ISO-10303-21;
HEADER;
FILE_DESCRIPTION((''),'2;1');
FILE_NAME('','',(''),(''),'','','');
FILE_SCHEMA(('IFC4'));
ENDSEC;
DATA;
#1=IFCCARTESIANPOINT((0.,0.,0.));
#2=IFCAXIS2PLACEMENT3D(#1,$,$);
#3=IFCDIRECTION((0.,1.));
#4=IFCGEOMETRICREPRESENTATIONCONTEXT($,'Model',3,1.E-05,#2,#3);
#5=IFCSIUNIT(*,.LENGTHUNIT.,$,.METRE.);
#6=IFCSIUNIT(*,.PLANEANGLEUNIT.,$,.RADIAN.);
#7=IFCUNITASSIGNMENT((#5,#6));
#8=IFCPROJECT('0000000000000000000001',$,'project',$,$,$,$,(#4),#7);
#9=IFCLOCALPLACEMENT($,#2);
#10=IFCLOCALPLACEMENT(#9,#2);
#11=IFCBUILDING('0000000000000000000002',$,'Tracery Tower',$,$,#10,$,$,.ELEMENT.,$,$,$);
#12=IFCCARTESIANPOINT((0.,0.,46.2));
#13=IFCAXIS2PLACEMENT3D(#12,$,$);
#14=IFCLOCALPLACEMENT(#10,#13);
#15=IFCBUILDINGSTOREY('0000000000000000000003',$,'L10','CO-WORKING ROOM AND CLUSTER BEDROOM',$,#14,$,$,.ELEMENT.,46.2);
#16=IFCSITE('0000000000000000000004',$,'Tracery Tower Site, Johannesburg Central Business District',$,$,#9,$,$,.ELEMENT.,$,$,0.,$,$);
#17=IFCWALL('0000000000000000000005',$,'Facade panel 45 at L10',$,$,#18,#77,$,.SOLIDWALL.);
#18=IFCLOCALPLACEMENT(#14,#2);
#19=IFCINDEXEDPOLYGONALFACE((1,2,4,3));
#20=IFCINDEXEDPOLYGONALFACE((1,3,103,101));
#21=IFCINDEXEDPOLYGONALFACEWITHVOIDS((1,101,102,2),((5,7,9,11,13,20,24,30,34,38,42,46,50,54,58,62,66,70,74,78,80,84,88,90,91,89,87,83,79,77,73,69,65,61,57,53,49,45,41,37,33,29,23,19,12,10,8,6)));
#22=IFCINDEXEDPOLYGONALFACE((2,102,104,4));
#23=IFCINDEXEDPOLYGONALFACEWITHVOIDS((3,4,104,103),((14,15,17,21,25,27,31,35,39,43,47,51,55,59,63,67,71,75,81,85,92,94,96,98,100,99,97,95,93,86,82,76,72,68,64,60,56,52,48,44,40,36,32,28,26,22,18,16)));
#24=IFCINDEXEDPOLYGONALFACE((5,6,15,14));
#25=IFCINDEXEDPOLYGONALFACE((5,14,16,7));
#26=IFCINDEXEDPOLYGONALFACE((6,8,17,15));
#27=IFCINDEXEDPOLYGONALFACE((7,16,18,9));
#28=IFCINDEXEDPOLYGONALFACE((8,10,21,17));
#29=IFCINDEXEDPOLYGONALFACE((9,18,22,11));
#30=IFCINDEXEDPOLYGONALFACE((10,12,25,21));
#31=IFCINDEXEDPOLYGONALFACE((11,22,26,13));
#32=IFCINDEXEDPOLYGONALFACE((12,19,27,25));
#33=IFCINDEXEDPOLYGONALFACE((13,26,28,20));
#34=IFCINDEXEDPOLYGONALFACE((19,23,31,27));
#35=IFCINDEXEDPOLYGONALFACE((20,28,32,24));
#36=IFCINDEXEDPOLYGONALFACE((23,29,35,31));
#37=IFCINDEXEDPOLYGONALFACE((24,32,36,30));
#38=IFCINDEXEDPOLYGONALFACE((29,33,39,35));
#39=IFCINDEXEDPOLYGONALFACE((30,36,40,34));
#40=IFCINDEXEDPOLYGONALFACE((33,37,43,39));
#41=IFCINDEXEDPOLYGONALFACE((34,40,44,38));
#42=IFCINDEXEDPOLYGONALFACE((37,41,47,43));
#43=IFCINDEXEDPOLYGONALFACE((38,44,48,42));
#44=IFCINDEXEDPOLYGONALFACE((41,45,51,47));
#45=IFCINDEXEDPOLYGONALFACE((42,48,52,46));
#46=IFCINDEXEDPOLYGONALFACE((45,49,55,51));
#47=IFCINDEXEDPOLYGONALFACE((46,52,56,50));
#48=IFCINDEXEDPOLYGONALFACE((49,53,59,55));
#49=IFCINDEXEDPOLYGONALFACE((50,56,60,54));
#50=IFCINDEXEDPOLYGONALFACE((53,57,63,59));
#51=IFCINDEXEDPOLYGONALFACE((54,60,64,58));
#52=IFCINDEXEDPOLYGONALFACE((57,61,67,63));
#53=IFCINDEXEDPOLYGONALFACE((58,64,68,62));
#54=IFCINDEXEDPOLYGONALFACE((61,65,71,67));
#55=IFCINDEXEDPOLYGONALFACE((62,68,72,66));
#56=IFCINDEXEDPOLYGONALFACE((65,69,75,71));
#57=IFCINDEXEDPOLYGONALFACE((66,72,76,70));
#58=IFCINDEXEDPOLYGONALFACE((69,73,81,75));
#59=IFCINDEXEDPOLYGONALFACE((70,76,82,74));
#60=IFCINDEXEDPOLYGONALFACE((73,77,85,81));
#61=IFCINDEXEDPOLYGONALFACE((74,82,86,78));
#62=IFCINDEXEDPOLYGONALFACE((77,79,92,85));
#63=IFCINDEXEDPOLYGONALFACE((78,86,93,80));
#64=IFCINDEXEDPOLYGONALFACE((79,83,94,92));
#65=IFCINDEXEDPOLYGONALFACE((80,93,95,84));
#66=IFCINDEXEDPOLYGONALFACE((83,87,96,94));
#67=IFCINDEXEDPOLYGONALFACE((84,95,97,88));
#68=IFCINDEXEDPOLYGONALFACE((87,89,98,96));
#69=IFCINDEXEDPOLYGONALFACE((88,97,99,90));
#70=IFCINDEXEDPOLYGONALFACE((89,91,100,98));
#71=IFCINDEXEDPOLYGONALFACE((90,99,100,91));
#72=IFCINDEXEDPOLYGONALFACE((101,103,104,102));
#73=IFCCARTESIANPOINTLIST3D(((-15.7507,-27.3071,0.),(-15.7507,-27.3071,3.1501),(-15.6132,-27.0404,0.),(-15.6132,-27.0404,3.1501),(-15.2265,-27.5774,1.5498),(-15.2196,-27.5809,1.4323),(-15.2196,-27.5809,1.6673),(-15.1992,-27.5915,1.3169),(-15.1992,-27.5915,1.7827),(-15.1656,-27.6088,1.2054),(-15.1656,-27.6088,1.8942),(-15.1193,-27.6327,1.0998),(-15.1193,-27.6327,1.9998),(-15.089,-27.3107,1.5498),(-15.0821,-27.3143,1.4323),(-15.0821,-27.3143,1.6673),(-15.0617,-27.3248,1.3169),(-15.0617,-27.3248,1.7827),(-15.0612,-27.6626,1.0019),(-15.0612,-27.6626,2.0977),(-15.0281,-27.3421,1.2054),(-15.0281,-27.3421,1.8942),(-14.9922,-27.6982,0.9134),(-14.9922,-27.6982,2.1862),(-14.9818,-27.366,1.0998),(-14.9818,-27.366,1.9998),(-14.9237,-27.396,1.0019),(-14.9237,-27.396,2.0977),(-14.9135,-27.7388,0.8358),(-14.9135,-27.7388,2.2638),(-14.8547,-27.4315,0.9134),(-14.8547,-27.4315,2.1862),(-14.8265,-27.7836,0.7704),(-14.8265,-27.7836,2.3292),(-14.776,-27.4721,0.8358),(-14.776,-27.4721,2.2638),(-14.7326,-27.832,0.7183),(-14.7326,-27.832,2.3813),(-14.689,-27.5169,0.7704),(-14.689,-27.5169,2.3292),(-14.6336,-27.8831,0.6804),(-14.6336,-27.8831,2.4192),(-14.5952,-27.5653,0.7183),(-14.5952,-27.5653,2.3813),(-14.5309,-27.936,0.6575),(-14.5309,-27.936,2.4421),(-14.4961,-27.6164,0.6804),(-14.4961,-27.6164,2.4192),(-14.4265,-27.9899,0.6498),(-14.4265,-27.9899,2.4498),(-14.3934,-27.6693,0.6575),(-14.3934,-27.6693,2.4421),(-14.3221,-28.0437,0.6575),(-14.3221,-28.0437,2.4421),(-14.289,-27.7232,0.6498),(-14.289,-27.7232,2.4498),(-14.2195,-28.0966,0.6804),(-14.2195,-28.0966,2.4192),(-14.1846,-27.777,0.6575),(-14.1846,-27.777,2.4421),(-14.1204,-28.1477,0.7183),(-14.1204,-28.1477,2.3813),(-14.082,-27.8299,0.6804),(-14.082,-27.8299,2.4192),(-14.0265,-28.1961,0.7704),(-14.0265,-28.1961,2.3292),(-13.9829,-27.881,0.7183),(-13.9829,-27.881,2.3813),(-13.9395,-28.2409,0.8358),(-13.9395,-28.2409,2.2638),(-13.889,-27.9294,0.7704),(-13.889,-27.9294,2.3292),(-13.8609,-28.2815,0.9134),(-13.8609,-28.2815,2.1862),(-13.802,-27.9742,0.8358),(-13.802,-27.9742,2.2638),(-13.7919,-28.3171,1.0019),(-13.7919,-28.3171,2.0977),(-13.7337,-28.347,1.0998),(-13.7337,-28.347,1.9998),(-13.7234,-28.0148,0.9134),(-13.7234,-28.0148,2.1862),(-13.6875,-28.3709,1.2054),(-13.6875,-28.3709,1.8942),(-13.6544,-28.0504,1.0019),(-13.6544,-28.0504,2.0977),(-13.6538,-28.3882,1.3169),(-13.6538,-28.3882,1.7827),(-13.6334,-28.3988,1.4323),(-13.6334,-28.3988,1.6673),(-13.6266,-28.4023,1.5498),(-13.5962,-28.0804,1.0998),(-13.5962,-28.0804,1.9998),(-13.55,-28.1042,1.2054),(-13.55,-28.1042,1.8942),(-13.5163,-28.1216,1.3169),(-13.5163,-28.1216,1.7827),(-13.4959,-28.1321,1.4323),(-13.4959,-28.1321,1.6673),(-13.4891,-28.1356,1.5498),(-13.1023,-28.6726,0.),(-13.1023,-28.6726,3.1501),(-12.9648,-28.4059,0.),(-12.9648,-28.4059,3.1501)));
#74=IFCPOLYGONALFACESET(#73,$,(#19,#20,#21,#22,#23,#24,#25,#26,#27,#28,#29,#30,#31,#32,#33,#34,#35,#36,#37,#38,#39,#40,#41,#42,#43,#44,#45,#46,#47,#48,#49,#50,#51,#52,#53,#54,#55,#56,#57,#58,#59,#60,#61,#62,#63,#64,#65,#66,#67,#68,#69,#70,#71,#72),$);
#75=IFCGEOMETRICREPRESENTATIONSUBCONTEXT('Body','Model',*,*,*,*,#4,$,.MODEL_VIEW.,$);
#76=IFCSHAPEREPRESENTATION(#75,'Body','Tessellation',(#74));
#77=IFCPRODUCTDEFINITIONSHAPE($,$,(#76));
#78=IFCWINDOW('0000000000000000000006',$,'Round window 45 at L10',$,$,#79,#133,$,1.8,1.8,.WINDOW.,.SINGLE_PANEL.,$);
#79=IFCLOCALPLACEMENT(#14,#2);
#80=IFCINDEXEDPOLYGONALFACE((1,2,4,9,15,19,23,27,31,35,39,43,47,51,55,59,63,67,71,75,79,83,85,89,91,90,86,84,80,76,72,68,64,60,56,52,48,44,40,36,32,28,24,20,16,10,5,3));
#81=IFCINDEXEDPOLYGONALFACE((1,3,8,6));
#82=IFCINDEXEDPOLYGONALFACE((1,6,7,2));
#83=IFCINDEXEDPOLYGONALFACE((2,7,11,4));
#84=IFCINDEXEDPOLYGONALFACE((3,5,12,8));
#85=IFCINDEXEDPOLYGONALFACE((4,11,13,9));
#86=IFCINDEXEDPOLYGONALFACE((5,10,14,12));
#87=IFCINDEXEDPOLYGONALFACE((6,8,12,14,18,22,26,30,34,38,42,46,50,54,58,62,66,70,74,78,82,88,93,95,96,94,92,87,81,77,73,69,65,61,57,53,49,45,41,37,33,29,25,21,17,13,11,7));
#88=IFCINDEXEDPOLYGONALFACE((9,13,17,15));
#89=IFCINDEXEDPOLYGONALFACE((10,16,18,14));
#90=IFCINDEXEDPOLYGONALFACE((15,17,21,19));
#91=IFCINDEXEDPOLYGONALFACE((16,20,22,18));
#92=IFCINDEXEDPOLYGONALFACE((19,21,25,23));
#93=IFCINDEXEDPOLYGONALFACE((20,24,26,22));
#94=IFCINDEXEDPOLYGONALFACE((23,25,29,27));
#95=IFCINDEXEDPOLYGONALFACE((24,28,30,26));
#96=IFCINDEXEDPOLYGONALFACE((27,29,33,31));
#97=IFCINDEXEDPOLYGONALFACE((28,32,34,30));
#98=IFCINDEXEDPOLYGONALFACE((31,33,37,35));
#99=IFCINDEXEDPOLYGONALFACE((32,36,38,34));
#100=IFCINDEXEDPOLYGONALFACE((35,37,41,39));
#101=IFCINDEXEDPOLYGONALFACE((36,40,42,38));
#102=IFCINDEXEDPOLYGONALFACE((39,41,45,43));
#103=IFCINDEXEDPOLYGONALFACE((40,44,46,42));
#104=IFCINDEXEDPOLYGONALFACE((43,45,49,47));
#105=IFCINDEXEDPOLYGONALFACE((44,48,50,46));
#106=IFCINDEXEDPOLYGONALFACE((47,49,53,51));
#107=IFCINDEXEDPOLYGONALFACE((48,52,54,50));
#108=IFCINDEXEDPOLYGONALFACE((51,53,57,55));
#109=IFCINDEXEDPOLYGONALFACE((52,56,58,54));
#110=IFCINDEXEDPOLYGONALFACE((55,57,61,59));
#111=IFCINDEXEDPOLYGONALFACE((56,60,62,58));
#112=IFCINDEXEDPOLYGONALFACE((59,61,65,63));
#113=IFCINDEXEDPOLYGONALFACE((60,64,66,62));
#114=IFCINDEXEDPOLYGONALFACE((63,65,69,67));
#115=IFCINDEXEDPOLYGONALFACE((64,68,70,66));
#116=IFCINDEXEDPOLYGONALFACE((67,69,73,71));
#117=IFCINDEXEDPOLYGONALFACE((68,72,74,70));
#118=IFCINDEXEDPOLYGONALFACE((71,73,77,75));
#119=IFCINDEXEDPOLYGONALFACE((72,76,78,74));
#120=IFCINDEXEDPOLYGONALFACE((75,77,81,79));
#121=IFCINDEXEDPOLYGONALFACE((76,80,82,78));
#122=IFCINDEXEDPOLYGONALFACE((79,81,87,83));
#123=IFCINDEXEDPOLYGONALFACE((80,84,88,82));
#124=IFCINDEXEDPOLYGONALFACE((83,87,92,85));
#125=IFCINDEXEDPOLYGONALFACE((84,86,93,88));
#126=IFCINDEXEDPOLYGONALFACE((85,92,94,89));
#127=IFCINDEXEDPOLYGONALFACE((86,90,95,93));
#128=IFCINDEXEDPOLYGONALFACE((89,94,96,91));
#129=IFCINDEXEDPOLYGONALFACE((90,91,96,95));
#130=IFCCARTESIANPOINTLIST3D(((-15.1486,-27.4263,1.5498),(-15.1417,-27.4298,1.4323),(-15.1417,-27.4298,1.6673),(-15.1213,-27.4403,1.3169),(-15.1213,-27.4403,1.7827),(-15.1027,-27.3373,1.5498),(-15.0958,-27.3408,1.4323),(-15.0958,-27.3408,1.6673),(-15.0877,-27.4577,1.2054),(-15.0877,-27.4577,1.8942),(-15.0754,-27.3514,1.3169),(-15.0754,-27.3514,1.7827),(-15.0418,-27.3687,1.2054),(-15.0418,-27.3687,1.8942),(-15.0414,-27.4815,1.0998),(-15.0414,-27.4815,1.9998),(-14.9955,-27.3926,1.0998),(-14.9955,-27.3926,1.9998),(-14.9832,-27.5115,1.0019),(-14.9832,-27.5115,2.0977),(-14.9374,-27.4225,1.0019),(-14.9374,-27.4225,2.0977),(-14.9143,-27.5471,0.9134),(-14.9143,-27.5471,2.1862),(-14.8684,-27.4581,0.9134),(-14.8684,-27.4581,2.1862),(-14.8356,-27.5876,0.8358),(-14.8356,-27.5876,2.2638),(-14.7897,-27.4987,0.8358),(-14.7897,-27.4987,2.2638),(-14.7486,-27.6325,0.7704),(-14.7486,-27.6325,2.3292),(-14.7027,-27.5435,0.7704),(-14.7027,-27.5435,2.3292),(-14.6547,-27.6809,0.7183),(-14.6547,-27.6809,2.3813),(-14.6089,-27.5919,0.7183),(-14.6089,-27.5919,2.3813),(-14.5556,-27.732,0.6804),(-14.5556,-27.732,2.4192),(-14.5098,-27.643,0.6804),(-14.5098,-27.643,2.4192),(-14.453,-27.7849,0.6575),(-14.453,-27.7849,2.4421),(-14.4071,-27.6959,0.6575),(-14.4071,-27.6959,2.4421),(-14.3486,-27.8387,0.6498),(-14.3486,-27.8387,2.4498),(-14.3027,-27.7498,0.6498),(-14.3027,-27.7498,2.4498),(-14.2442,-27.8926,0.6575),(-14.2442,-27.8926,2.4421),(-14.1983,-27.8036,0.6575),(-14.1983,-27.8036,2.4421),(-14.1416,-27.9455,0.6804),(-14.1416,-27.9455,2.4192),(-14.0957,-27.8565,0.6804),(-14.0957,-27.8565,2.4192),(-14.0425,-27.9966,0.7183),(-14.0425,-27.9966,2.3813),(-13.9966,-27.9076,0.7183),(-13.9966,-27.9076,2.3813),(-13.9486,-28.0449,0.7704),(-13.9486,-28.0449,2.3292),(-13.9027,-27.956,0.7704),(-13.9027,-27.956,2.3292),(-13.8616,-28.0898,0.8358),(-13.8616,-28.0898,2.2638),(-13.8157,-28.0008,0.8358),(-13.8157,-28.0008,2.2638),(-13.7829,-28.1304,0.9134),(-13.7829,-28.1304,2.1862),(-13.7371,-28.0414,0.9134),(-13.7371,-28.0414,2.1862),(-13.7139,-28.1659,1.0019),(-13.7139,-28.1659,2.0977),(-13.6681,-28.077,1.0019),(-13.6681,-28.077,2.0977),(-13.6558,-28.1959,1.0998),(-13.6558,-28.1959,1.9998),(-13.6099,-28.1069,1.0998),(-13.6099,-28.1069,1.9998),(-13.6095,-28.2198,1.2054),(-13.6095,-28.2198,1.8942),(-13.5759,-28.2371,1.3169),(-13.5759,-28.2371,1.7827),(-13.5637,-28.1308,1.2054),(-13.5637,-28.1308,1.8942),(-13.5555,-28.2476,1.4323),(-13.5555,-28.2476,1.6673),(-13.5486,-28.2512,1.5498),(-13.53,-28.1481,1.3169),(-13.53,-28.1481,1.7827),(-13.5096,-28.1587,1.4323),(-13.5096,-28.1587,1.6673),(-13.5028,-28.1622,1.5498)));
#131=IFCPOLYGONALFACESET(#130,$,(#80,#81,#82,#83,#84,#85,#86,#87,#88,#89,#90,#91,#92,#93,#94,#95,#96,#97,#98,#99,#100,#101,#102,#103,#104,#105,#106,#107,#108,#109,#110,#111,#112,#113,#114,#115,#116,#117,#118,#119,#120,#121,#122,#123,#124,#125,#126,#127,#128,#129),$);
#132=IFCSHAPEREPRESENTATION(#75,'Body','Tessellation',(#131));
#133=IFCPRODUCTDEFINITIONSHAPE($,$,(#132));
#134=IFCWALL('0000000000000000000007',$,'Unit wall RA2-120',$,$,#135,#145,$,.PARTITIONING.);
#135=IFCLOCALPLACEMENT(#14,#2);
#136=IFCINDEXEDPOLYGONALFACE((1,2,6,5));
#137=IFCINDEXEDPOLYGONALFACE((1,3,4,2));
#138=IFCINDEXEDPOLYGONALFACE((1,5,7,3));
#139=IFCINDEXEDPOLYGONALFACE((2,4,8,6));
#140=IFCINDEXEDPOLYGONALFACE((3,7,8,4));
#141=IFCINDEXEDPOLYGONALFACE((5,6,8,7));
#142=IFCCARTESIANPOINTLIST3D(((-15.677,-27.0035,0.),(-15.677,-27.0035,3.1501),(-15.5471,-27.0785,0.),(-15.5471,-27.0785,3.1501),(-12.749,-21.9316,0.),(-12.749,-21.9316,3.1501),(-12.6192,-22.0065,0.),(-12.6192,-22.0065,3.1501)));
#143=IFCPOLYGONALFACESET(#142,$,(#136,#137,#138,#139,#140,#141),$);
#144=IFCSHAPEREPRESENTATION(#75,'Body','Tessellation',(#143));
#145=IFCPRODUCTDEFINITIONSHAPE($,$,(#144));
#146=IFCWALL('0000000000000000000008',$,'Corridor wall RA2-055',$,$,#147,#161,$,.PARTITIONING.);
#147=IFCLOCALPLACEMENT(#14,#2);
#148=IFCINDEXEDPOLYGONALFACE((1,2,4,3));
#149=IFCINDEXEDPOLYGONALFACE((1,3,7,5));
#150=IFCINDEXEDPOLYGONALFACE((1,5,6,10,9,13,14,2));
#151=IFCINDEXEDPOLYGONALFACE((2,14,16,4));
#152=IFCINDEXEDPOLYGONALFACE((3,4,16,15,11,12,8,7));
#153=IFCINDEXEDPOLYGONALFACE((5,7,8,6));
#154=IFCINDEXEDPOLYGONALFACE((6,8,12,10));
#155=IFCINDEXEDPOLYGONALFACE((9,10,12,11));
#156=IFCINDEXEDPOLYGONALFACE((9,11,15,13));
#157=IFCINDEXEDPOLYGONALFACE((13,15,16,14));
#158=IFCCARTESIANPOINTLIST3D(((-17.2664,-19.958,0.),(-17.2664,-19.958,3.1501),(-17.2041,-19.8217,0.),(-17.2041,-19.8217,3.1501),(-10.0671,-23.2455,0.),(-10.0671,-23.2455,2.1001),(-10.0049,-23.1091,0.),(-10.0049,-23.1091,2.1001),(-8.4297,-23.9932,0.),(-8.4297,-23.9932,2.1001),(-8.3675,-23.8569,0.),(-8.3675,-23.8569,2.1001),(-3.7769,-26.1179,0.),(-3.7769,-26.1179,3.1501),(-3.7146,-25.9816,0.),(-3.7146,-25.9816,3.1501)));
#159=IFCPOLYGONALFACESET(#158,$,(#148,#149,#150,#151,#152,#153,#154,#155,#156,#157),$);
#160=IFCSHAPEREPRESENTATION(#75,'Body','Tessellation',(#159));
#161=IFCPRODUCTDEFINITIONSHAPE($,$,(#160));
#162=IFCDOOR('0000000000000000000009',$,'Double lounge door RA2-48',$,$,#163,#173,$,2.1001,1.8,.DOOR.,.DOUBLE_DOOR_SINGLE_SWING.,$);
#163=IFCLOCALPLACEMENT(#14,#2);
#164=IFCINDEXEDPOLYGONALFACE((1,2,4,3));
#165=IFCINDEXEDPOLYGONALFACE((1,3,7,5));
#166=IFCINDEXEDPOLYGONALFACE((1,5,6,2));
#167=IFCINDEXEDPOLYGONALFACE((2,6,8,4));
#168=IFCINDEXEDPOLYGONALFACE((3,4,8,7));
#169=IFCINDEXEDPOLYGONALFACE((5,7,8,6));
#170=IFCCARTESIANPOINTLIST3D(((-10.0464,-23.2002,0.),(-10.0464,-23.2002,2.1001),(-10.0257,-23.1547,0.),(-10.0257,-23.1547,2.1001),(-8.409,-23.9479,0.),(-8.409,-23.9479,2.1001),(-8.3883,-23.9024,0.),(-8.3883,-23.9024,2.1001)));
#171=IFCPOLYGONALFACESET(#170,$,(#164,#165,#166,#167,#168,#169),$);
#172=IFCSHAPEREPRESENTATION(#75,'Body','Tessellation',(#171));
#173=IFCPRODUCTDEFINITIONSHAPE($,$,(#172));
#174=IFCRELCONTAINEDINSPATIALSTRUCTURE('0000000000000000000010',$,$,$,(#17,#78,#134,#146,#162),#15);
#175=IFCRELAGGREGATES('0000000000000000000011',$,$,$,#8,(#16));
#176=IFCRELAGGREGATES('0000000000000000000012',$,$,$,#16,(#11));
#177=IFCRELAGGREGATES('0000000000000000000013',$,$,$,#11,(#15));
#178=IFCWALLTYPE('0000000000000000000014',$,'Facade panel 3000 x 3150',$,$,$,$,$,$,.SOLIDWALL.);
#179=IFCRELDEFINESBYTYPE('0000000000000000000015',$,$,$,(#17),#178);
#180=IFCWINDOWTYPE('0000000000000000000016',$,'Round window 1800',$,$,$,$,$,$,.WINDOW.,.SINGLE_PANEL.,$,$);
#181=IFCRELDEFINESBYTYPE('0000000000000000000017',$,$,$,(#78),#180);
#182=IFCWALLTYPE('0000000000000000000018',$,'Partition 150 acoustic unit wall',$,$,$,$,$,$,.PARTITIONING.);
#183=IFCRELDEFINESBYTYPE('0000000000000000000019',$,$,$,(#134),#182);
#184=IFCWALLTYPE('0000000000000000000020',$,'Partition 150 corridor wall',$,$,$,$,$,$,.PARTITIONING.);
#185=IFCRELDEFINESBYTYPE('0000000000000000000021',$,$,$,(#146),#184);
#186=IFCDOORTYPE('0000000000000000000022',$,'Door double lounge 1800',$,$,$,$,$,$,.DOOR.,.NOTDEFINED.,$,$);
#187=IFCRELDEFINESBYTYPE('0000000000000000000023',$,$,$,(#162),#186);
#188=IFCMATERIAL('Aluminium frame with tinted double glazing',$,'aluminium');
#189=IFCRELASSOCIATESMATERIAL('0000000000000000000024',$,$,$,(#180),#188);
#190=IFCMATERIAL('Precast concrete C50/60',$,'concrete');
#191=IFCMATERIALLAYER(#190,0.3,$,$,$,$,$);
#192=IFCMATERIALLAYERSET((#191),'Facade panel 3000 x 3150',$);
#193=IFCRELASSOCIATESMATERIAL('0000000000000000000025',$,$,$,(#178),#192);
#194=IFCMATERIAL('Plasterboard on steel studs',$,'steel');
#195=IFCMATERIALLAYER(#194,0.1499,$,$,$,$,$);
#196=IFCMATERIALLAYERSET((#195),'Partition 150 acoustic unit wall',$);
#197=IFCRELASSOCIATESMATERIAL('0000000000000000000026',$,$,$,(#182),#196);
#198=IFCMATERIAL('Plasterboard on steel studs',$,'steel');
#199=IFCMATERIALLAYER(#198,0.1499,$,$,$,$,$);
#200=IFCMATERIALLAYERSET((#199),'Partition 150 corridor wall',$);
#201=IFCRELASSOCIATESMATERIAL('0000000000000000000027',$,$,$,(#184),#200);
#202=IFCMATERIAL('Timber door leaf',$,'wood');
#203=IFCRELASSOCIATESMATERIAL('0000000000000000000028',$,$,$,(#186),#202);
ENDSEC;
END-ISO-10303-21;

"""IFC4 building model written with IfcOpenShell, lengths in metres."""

from ifc_helpers import new_model, si_unit, direction, frame, frame_2d, origin, origin_2d, place, context, subcontext, project, spatial, rectangle, circle, extrude, material, layer, layer_set, type_object, element, fill, save


model = new_model("IFC4")

# Units and contexts
model_context = context("Model", 3, precision=1e-05, world=origin(), true_north=direction((0.0, 1.0)))
body_context = subcontext(model_context, "Body", "Model", "MODEL_VIEW")
ifc_project = project(units=[si_unit("LENGTHUNIT", "METRE"), si_unit("PLANEANGLEUNIT", "RADIAN")], contexts=[model_context])

# Site, building, storey
site_placement = place(None, origin())
site = spatial("IfcSite", under=ifc_project, at=site_placement, Name="Tracery Tower Site, Johannesburg Central Business District", CompositionType="ELEMENT", RefElevation=0.0)
building_placement = place(site_placement, origin())
building = spatial("IfcBuilding", under=site, at=building_placement, Name="Tracery Tower", CompositionType="ELEMENT")
storey_placement = place(building_placement, frame((0.0, 0.0, 46.2)))
storey = spatial("IfcBuildingStorey", under=building, at=storey_placement, Name="L10", Description="CO-WORKING ROOM AND CLUSTER BEDROOM", CompositionType="ELEMENT", Elevation=46.2)

# Wall, opening, window
ifc_material_1 = material(Name="Aluminium frame with tinted double glazing", Category="aluminium")
window_type = type_object("IfcWindowType", Name="Round window 1800", PartitioningType="SINGLE_PANEL", PredefinedType="WINDOW", material=ifc_material_1)
ifc_material_2 = material(Name="Precast concrete C50/60", Category="concrete")
ifc_layer_1 = layer(ifc_material_2, 0.3)
ifc_layer_set_1 = layer_set([ifc_layer_1], Name="Facade panel 3000 x 3150")
wall_type_1 = type_object("IfcWallType", Name="Facade panel 3000 x 3150", PredefinedType="SOLIDWALL", material=ifc_layer_set_1)
wall_1_placement = place(storey_placement, frame((-15.6819, -27.1738, 0.0), z_axis=(0.0, 0.0, 1.0), x_axis=(0.88882, -0.458257, 0.0)))
wall_1 = element("IfcWall", 1, at=wall_1_placement, inside=storey, type_object=wall_type_1, Name="Facade panel 45 at L10", PredefinedType="SOLIDWALL", context=body_context, shape_type="SweptSolid", body=[
    extrude(rectangle(XDim=2.9797, YDim=0.3, at=frame_2d((1.4897, 0.0))), origin(), (0.0, 0.0, 1.0), 3.1501),
])
opening_1_placement = place(wall_1_placement, frame((1.4897, 0.0, 1.5498)))
opening_1 = element("IfcOpeningElement", 2, at=opening_1_placement, cuts=wall_1, PredefinedType="OPENING", context=body_context, shape_type="SweptSolid", body=[
    extrude(circle(Radius=0.9, at=origin_2d()), frame((0.0, 0.1599, 0.0), z_axis=(0.0, -1.0, 0.0), x_axis=(1.0, 0.0, 0.0)), (0.0, 0.0, 1.0), 0.3201),
])
window_1_placement = place(opening_1_placement, origin())
window_1 = element("IfcWindow", 3, at=window_1_placement, inside=storey, type_object=window_type, Name="Round window 45 at L10", OverallHeight=1.8, OverallWidth=1.8, PartitioningType="SINGLE_PANEL", PredefinedType="WINDOW", context=body_context, shape_type="SweptSolid", body=[
    extrude(circle(Radius=0.9, at=origin_2d()), frame((0.0, 0.1201, 0.0), z_axis=(0.0, -1.0, 0.0), x_axis=(1.0, 0.0, 0.0)), (0.0, 0.0, 1.0), 0.1001),
])
fill(opening_1, window_1)

# Wall
ifc_material_3 = material(Name="Plasterboard on steel studs", Category="steel")
ifc_layer_2 = layer(ifc_material_3, 0.1499)
ifc_layer_set_2 = layer_set([ifc_layer_2], Name="Partition 150 acoustic unit wall")
wall_type_2 = type_object("IfcWallType", Name="Partition 150 acoustic unit wall", PredefinedType="PARTITIONING", material=ifc_layer_set_2)
wall_2_placement = place(storey_placement, frame((-15.6121, -27.041, 0.0), z_axis=(0.0, 0.0, 1.0), x_axis=(0.499955, 0.866052, 0.0)))
element("IfcWall", 4, at=wall_2_placement, inside=storey, type_object=wall_type_2, Name="Unit wall RA2-120", PredefinedType="PARTITIONING", context=body_context, shape_type="SweptSolid", body=[
    extrude(rectangle(XDim=5.8564, YDim=0.1499, at=frame_2d((2.9282, 0.0))), origin(), (0.0, 0.0, 1.0), 3.1501),
])

# Wall, opening, door
ifc_material_4 = material(Name="Plasterboard on steel studs", Category="steel")
ifc_layer_3 = layer(ifc_material_4, 0.1499)
ifc_layer_set_3 = layer_set([ifc_layer_3], Name="Partition 150 corridor wall")
wall_type_3 = type_object("IfcWallType", Name="Partition 150 corridor wall", PredefinedType="PARTITIONING", material=ifc_layer_set_3)
wall_3_placement = place(storey_placement, frame((-17.2351, -19.8899, 0.0), z_axis=(0.0, 0.0, 1.0), x_axis=(0.909646, -0.415385, 0.0)))
wall_3 = element("IfcWall", 5, at=wall_3_placement, inside=storey, type_object=wall_type_3, Name="Corridor wall RA2-055", PredefinedType="PARTITIONING", context=body_context, shape_type="SweptSolid", body=[
    extrude(rectangle(XDim=14.8293, YDim=0.1499, at=frame_2d((7.4146, 0.0))), origin(), (0.0, 0.0, 1.0), 3.1501),
])
opening_2_placement = place(wall_3_placement, frame((7.9143, 0.0, 0.0)))
opening_2 = element("IfcOpeningElement", 6, at=opening_2_placement, cuts=wall_3, PredefinedType="OPENING", context=body_context, shape_type="SweptSolid", body=[
    extrude(rectangle(XDim=1.8, YDim=2.1001, at=frame_2d((0.8999, 1.05))), frame((0.0, 0.075, 0.0), z_axis=(0.0, -1.0, 0.0), x_axis=(1.0, 0.0, 0.0)), (0.0, 0.0, 1.0), 0.1499),
])
ifc_material_5 = material(Name="Timber door leaf", Category="wood")
door_type = type_object("IfcDoorType", Name="Door double lounge 1800", OperationType="NOTDEFINED", PredefinedType="DOOR", material=ifc_material_5)
door_placement = place(opening_2_placement, origin())
door = element("IfcDoor", 7, at=door_placement, inside=storey, type_object=door_type, Name="Double lounge door RA2-48", OperationType="DOUBLE_DOOR_SINGLE_SWING", OverallHeight=2.1001, OverallWidth=1.8, PredefinedType="DOOR", context=body_context, shape_type="SweptSolid", body=[
    extrude(rectangle(XDim=1.8, YDim=2.1001, at=frame_2d((0.8999, 1.05))), frame((0.0, 0.0249, 0.0), z_axis=(0.0, -1.0, 0.0), x_axis=(1.0, 0.0, 0.0)), (0.0, 0.0, 1.0), 0.05),
])
fill(opening_2, door)

save(model, "model.ifc")
